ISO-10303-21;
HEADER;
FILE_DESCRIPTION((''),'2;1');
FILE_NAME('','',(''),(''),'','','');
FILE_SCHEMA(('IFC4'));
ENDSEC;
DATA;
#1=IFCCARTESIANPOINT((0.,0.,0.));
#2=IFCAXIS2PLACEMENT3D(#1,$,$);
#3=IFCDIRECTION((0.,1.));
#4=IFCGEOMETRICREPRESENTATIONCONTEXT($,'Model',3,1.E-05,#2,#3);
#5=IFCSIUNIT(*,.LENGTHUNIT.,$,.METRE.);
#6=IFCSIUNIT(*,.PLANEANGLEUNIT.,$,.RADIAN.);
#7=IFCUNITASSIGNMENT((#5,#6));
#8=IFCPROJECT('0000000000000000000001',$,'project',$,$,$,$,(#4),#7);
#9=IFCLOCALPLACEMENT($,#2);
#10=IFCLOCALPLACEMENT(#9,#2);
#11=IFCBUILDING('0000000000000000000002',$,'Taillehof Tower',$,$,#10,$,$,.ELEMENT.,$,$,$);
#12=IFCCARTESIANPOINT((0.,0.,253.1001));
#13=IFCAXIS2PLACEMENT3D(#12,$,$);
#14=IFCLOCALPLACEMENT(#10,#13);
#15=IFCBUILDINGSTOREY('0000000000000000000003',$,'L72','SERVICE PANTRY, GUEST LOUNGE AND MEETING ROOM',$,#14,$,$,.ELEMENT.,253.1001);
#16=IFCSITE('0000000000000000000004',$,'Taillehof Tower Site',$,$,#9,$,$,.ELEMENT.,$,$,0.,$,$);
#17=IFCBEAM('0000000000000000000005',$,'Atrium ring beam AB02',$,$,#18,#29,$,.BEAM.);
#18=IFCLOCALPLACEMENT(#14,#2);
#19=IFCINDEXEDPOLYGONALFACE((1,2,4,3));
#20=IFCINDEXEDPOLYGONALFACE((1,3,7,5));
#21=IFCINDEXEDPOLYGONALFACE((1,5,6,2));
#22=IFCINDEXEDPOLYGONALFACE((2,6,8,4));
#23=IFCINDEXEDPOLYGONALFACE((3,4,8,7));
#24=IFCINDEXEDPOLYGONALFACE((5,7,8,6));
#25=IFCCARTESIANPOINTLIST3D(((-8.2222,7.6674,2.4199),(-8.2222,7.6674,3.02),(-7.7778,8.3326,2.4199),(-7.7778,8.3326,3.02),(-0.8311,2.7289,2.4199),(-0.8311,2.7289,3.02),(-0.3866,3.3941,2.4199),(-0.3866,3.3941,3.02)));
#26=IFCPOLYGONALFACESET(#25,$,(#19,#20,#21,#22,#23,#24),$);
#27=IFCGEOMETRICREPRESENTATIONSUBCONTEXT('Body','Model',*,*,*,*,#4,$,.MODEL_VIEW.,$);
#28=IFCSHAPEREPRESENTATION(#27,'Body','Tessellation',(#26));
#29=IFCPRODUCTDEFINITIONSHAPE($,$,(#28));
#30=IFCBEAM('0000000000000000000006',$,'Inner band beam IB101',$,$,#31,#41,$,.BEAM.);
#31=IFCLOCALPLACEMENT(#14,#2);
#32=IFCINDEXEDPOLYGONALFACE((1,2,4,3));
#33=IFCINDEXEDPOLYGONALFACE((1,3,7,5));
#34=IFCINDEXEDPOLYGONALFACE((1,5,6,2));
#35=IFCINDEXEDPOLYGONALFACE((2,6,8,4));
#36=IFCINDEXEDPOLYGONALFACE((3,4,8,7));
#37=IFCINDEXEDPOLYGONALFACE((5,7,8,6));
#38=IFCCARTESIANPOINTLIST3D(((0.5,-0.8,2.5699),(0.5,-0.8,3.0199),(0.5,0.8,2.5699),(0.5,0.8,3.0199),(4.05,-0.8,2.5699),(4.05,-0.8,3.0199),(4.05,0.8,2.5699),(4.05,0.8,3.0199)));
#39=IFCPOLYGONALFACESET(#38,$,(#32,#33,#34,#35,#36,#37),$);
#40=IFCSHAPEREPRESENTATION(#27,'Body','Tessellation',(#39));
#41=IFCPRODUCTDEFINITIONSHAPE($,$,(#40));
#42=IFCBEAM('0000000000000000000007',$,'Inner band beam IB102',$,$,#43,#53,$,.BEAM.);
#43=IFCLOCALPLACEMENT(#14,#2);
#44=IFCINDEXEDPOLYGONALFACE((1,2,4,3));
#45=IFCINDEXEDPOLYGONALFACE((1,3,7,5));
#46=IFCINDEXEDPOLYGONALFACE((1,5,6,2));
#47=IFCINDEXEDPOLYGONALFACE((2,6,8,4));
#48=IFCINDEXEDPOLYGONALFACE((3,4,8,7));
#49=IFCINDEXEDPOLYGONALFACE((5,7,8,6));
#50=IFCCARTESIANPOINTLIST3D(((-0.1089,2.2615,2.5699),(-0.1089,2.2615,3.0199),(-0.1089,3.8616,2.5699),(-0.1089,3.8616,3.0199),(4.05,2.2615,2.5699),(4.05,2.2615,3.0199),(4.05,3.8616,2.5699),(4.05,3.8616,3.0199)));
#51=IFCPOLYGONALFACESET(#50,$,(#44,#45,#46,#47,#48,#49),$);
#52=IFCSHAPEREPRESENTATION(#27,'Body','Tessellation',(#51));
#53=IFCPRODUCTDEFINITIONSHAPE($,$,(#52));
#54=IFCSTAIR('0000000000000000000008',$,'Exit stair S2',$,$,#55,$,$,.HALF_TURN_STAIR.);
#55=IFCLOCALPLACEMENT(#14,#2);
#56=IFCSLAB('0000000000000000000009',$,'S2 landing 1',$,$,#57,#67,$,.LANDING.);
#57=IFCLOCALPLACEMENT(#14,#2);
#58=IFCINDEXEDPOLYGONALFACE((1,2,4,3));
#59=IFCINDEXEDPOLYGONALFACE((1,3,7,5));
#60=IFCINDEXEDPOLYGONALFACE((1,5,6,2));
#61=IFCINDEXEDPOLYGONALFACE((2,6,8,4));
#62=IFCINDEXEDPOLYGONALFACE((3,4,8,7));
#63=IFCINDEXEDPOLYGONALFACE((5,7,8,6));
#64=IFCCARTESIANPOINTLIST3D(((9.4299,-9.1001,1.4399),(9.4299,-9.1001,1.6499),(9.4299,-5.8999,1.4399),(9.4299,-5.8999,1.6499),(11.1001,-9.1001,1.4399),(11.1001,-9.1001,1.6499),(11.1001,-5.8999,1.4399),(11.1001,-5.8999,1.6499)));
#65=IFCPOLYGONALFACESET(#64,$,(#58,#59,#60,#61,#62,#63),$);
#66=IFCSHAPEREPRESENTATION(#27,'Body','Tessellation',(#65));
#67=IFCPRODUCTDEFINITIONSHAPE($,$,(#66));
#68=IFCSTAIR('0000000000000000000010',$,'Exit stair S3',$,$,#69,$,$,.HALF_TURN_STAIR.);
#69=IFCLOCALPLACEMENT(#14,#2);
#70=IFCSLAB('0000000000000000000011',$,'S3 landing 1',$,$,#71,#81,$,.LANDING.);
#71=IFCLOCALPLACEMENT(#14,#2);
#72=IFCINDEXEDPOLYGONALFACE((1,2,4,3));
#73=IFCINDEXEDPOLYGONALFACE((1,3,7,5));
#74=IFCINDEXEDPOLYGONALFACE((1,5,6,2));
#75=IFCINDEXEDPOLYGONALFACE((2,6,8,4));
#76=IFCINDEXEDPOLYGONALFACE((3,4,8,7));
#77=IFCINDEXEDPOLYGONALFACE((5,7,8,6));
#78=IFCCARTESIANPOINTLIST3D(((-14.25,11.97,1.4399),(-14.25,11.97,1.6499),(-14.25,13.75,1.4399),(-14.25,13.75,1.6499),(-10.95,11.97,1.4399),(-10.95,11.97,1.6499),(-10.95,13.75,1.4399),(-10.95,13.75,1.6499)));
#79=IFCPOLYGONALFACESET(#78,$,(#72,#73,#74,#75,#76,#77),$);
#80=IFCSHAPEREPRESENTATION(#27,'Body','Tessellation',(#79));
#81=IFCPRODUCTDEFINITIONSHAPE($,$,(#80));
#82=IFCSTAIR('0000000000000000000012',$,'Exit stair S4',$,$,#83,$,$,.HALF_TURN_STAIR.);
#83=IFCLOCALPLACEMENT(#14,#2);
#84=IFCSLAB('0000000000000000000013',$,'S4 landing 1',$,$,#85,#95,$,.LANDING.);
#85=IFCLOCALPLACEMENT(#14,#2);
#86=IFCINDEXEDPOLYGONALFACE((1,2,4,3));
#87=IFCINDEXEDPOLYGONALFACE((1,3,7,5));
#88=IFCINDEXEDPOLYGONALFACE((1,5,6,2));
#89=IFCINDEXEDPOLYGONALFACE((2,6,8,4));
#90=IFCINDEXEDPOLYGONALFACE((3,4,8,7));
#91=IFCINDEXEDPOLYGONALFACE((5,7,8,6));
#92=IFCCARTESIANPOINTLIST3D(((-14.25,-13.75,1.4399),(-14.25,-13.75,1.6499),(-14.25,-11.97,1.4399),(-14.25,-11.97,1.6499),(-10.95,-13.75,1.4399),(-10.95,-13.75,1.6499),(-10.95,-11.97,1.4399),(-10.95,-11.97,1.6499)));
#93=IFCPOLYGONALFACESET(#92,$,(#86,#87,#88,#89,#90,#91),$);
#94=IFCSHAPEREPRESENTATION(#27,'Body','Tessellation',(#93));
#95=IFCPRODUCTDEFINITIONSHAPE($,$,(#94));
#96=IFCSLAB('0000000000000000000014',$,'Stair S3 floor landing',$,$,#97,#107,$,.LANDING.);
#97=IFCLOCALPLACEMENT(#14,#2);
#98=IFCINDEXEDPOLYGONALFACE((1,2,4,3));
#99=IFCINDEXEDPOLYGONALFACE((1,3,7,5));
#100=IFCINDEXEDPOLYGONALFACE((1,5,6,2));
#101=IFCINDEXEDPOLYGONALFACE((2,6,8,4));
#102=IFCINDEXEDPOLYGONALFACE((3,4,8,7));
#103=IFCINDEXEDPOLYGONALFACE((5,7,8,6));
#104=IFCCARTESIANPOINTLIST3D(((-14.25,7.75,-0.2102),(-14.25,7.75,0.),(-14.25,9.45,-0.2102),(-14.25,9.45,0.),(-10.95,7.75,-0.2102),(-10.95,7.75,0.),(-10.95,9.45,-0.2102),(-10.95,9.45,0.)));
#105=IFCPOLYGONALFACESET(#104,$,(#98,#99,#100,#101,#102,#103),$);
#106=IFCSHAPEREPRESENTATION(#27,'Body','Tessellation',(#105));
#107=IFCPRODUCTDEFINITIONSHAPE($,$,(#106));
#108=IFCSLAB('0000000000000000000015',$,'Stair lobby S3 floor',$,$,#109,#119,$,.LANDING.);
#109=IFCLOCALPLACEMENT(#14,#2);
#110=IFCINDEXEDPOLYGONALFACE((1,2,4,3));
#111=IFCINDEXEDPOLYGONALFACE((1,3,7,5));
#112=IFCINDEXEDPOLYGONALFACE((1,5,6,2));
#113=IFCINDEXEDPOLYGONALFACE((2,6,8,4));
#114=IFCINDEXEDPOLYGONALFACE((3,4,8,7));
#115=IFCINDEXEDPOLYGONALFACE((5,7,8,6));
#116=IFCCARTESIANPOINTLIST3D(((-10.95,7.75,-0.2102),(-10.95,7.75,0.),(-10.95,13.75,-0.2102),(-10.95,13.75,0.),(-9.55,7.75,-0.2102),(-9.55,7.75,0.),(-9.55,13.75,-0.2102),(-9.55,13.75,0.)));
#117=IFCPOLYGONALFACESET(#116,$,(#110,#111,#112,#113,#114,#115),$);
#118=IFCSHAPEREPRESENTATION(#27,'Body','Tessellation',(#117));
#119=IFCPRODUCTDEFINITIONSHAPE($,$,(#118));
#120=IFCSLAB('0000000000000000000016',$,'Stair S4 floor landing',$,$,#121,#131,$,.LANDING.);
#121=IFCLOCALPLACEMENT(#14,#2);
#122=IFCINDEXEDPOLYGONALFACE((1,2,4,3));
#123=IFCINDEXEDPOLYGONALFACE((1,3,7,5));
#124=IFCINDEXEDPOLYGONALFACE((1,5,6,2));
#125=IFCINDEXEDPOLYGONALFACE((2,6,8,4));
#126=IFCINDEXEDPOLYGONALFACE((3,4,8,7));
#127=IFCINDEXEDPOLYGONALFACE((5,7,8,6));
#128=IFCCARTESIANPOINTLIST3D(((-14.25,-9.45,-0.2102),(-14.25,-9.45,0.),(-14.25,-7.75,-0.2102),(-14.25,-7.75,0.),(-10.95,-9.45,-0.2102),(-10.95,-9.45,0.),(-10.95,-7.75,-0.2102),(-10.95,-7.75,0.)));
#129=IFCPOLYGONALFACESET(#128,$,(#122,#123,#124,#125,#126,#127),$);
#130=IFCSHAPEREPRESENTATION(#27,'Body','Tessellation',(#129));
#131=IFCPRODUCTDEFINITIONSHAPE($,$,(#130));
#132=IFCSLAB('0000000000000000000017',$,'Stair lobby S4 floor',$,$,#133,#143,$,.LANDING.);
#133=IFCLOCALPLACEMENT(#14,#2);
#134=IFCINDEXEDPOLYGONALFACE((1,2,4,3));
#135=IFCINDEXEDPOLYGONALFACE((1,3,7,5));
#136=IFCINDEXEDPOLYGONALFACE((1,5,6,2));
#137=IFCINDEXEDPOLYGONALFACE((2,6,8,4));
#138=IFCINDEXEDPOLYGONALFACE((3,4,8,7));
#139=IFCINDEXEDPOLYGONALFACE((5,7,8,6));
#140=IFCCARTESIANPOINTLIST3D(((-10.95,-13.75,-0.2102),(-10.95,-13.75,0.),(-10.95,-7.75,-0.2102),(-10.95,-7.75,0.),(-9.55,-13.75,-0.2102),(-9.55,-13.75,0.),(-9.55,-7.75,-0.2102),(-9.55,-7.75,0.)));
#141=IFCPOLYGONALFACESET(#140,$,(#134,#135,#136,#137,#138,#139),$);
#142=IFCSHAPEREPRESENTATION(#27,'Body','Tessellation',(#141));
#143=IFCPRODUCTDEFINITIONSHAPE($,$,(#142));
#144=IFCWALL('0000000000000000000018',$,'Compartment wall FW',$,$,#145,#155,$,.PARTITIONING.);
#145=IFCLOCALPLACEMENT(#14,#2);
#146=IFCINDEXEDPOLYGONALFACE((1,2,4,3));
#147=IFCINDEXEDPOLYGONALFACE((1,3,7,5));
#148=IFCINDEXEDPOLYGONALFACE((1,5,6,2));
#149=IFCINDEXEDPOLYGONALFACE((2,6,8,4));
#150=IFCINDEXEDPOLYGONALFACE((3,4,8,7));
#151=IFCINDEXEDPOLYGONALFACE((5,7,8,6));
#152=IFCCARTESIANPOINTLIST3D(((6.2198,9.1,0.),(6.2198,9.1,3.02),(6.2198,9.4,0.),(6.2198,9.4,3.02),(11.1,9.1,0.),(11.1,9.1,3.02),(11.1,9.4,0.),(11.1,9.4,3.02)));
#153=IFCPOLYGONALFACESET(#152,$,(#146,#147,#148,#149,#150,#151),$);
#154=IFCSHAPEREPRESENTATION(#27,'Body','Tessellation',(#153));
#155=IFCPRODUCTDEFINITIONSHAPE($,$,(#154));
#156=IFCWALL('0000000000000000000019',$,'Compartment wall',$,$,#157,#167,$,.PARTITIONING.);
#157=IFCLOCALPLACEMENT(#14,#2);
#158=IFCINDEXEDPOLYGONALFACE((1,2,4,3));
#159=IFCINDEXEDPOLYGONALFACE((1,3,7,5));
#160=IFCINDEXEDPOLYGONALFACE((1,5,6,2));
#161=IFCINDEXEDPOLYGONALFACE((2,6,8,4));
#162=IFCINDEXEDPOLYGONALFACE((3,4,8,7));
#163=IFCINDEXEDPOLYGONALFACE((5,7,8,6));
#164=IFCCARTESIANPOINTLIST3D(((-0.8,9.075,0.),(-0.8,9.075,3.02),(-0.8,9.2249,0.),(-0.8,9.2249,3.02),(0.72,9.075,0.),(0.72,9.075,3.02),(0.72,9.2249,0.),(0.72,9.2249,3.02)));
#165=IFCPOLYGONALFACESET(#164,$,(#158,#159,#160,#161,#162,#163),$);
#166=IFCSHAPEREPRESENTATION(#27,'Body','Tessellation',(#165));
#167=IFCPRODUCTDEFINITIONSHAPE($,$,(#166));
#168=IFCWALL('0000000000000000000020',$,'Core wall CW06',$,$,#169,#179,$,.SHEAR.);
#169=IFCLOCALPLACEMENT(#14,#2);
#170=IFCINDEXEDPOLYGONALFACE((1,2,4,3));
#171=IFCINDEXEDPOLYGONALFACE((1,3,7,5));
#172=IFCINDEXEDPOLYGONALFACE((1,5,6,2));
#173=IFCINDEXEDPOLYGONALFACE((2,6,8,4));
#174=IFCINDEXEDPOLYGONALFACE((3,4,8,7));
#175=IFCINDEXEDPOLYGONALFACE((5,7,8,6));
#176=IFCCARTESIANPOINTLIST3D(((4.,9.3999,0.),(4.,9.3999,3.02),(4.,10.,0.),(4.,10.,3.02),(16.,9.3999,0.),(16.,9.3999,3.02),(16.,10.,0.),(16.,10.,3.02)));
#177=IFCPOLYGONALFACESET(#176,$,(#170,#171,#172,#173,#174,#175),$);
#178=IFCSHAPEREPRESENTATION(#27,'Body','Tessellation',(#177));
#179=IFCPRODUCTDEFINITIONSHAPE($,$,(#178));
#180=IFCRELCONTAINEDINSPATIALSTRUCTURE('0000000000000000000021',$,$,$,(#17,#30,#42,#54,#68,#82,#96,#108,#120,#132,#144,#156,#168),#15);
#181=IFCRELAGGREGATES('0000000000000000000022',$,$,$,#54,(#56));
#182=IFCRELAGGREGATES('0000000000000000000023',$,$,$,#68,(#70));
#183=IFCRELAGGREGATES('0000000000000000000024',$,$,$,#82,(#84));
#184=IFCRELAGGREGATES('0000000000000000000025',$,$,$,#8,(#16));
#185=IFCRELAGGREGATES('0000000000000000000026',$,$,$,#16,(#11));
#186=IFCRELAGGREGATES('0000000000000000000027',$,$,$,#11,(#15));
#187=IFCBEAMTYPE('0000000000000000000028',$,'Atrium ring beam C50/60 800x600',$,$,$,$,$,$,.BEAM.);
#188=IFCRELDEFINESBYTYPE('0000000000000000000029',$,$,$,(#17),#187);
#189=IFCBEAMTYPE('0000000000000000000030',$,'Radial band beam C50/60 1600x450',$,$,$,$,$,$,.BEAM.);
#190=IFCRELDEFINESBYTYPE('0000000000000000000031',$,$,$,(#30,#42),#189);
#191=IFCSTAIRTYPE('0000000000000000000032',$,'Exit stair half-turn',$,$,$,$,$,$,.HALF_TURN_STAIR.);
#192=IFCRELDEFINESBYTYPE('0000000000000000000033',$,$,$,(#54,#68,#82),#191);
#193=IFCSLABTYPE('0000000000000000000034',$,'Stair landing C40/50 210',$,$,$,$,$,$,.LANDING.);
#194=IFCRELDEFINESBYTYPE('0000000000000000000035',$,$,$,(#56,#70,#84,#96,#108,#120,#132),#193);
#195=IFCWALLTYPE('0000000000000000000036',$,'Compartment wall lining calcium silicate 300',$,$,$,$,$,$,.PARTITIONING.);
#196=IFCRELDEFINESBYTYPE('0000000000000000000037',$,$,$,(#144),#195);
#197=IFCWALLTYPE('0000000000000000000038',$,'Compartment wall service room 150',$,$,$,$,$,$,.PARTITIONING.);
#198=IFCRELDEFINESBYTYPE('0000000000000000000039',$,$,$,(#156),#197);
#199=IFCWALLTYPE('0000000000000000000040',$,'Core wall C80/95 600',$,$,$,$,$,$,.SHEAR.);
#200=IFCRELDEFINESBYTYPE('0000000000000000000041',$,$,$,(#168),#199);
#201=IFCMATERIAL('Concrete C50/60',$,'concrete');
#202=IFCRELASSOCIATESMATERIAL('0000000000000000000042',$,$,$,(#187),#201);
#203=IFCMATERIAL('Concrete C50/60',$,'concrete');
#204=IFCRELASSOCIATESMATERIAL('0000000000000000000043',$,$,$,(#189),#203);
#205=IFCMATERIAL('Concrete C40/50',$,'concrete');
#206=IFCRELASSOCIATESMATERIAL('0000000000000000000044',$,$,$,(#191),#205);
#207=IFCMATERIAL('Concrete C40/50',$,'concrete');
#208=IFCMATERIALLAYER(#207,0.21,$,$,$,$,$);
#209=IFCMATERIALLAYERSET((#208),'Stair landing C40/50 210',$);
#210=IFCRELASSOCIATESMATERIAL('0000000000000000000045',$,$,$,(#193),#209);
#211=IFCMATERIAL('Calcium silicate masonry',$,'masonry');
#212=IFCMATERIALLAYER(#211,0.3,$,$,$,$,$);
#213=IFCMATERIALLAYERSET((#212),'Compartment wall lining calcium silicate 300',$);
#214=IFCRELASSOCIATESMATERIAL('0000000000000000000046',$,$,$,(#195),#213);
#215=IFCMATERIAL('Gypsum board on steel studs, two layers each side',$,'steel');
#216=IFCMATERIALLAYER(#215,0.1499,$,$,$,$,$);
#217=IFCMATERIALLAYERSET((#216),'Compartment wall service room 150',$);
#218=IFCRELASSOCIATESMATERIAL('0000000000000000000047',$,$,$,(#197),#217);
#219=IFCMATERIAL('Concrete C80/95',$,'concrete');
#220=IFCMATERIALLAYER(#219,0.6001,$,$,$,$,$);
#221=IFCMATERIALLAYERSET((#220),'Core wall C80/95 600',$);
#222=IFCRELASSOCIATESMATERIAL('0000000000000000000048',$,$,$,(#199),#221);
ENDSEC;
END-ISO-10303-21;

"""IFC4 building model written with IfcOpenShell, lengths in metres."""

from ifc_helpers import new_model, si_unit, direction, frame, frame_2d, origin, origin_2d, place, context, subcontext, project, spatial, polyline, rectangle, outline, extrude, material, layer, layer_set, material_profile, profile_set, type_object, element, aggregate, save


model = new_model("IFC4")

# Units and contexts
model_context = context("Model", 3, precision=1e-05, world=origin(), true_north=direction((0.0, 1.0)))
body_context = subcontext(model_context, "Body", "Model", "MODEL_VIEW")
ifc_project = project(units=[si_unit("LENGTHUNIT", "METRE"), si_unit("PLANEANGLEUNIT", "RADIAN")], contexts=[model_context])

# Site, building, storey
site_placement = place(None, origin())
site = spatial("IfcSite", under=ifc_project, at=site_placement, Name="Taillehof Tower Site", CompositionType="ELEMENT", RefElevation=0.0)
building_placement = place(site_placement, origin())
building = spatial("IfcBuilding", under=site, at=building_placement, Name="Taillehof Tower", CompositionType="ELEMENT")
storey_placement = place(building_placement, frame((0.0, 0.0, 253.1001)))
storey = spatial("IfcBuildingStorey", under=building, at=storey_placement, Name="L72", Description="SERVICE PANTRY, GUEST LOUNGE AND MEETING ROOM", CompositionType="ELEMENT", Elevation=253.1001)

# Beams
ifc_material_1 = material(Name="Concrete C50/60", Category="concrete")
ifc_material_profile_1 = material_profile(ifc_material_1, rectangle(XDim=0.8, YDim=0.6001, at=origin_2d()), Name="RC 800x600")
ifc_profile_set_1 = profile_set([ifc_material_profile_1], Name="Concrete C50/60")
beam_type_1 = type_object("IfcBeamType", Name="Atrium ring beam C50/60 800x600", PredefinedType="BEAM", material=ifc_profile_set_1)
beam_1_placement = place(storey_placement, frame((-0.6089, 3.0615, 2.72), z_axis=(-0.831475, 0.555562, 0.0), x_axis=(-0.555562, -0.831475, 0.0)))
element("IfcBeam", 1, at=beam_1_placement, inside=storey, type_object=beam_type_1, Name="Atrium ring beam AB02", PredefinedType="BEAM", context=body_context, shape_type="SweptSolid", body=[
    extrude(rectangle(XDim=0.8, YDim=0.6001, at=origin_2d()), origin(), (0.0, 0.0, 1.0), 8.8892),
])
ifc_material_2 = material(Name="Concrete C50/60", Category="concrete")
ifc_material_profile_2 = material_profile(ifc_material_2, rectangle(XDim=1.6001, YDim=0.45, at=origin_2d()), Name="RC 1600x450")
ifc_profile_set_2 = profile_set([ifc_material_profile_2], Name="Concrete C50/60")
beam_type_2 = type_object("IfcBeamType", Name="Radial band beam C50/60 1600x450", PredefinedType="BEAM", material=ifc_profile_set_2)
beam_2_placement = place(storey_placement, frame((0.5, 0.0, 2.7949), z_axis=(1.0, 0.0, 0.0), x_axis=(0.0, 1.0, 0.0)))
element("IfcBeam", 2, at=beam_2_placement, inside=storey, type_object=beam_type_2, Name="Inner band beam IB101", PredefinedType="BEAM", context=body_context, shape_type="SweptSolid", body=[
    extrude(rectangle(XDim=1.6001, YDim=0.45, at=origin_2d()), origin(), (0.0, 0.0, 1.0), 3.55),
])
beam_3_placement = place(storey_placement, frame((-0.1089, 3.0615, 2.7949), z_axis=(1.0, 0.0, 0.0), x_axis=(0.0, 1.0, 0.0)))
element("IfcBeam", 3, at=beam_3_placement, inside=storey, type_object=beam_type_2, Name="Inner band beam IB102", PredefinedType="BEAM", context=body_context, shape_type="SweptSolid", body=[
    extrude(rectangle(XDim=1.6001, YDim=0.45, at=origin_2d()), origin(), (0.0, 0.0, 1.0), 4.1589),
])

# Stairs, slabs
ifc_material_3 = material(Name="Concrete C40/50", Category="concrete")
stair_type = type_object("IfcStairType", Name="Exit stair half-turn", PredefinedType="HALF_TURN_STAIR", material=ifc_material_3)
stair_1_placement = place(storey_placement, origin())
stair_1 = element("IfcStair", 4, at=stair_1_placement, inside=storey, type_object=stair_type, Name="Exit stair S2", PredefinedType="HALF_TURN_STAIR")
ifc_material_4 = material(Name="Concrete C40/50", Category="concrete")
ifc_layer_1 = layer(ifc_material_4, 0.21)
ifc_layer_set_1 = layer_set([ifc_layer_1], Name="Stair landing C40/50 210")
slab_type = type_object("IfcSlabType", Name="Stair landing C40/50 210", PredefinedType="LANDING", material=ifc_layer_set_1)
slab_1_placement = place(storey_placement, frame((0.0, 0.0, 1.4399)))
slab_1 = element("IfcSlab", 5, at=slab_1_placement, type_object=slab_type, Name="S2 landing 1", PredefinedType="LANDING", context=body_context, shape_type="SweptSolid", body=[
    extrude(outline(polyline([(9.4299, -5.8999), (11.1001, -5.8999), (11.1001, -9.1001), (9.4299, -9.1001), (9.4299, -5.8999)])), origin(), (0.0, 0.0, 1.0), 0.21),
])
aggregate(stair_1, [slab_1])
stair_2_placement = place(storey_placement, origin())
stair_2 = element("IfcStair", 6, at=stair_2_placement, inside=storey, type_object=stair_type, Name="Exit stair S3", PredefinedType="HALF_TURN_STAIR")
slab_2_placement = place(storey_placement, frame((0.0, 0.0, 1.4399)))
slab_2 = element("IfcSlab", 7, at=slab_2_placement, type_object=slab_type, Name="S3 landing 1", PredefinedType="LANDING", context=body_context, shape_type="SweptSolid", body=[
    extrude(outline(polyline([(-14.25, 11.97), (-14.25, 13.75), (-10.95, 13.75), (-10.95, 11.97), (-14.25, 11.97)])), origin(), (0.0, 0.0, 1.0), 0.21),
])
aggregate(stair_2, [slab_2])
stair_3_placement = place(storey_placement, origin())
stair_3 = element("IfcStair", 8, at=stair_3_placement, inside=storey, type_object=stair_type, Name="Exit stair S4", PredefinedType="HALF_TURN_STAIR")
slab_3_placement = place(storey_placement, frame((0.0, 0.0, 1.4399)))
slab_3 = element("IfcSlab", 9, at=slab_3_placement, type_object=slab_type, Name="S4 landing 1", PredefinedType="LANDING", context=body_context, shape_type="SweptSolid", body=[
    extrude(outline(polyline([(-14.25, -11.97), (-14.25, -13.75), (-10.95, -13.75), (-10.95, -11.97), (-14.25, -11.97)])), origin(), (0.0, 0.0, 1.0), 0.21),
])
aggregate(stair_3, [slab_3])

# Slabs
slab_4_placement = place(storey_placement, frame((0.0, 0.0, -0.2102)))
element("IfcSlab", 10, at=slab_4_placement, inside=storey, type_object=slab_type, Name="Stair S3 floor landing", PredefinedType="LANDING", context=body_context, shape_type="SweptSolid", body=[
    extrude(outline(polyline([(-14.25, 7.75), (-14.25, 9.45), (-10.95, 9.45), (-10.95, 7.75), (-14.25, 7.75)])), origin(), (0.0, 0.0, 1.0), 0.2102),
])
slab_5_placement = place(storey_placement, frame((0.0, 0.0, -0.2102)))
element("IfcSlab", 11, at=slab_5_placement, inside=storey, type_object=slab_type, Name="Stair lobby S3 floor", PredefinedType="LANDING", context=body_context, shape_type="SweptSolid", body=[
    extrude(outline(polyline([(-10.95, 7.75), (-9.55, 7.75), (-9.55, 13.75), (-10.95, 13.75), (-10.95, 7.75)])), origin(), (0.0, 0.0, 1.0), 0.2102),
])
slab_6_placement = place(storey_placement, frame((0.0, 0.0, -0.2102)))
element("IfcSlab", 12, at=slab_6_placement, inside=storey, type_object=slab_type, Name="Stair S4 floor landing", PredefinedType="LANDING", context=body_context, shape_type="SweptSolid", body=[
    extrude(outline(polyline([(-14.25, -7.75), (-14.25, -9.45), (-10.95, -9.45), (-10.95, -7.75), (-14.25, -7.75)])), origin(), (0.0, 0.0, 1.0), 0.2102),
])
slab_7_placement = place(storey_placement, frame((0.0, 0.0, -0.2102)))
element("IfcSlab", 13, at=slab_7_placement, inside=storey, type_object=slab_type, Name="Stair lobby S4 floor", PredefinedType="LANDING", context=body_context, shape_type="SweptSolid", body=[
    extrude(outline(polyline([(-10.95, -13.75), (-9.55, -13.75), (-9.55, -7.75), (-10.95, -7.75), (-10.95, -13.75)])), origin(), (0.0, 0.0, 1.0), 0.2102),
])

# Walls
ifc_material_5 = material(Name="Calcium silicate masonry", Category="masonry")
ifc_layer_2 = layer(ifc_material_5, 0.3)
ifc_layer_set_2 = layer_set([ifc_layer_2], Name="Compartment wall lining calcium silicate 300")
wall_type_1 = type_object("IfcWallType", Name="Compartment wall lining calcium silicate 300", PredefinedType="PARTITIONING", material=ifc_layer_set_2)
wall_1_placement = place(storey_placement, frame((6.22, 9.25, 0.0), z_axis=(0.0, 0.0, 1.0), x_axis=(1.0, 0.0, 0.0)))
element("IfcWall", 14, at=wall_1_placement, inside=storey, type_object=wall_type_1, Name="Compartment wall FW", PredefinedType="PARTITIONING", context=body_context, shape_type="SweptSolid", body=[
    extrude(rectangle(XDim=4.8801, YDim=0.3, at=frame_2d((2.4399, 0.0))), origin(), (0.0, 0.0, 1.0), 3.02),
])
ifc_material_6 = material(Name="Gypsum board on steel studs, two layers each side", Category="steel")
ifc_layer_3 = layer(ifc_material_6, 0.1499)
ifc_layer_set_3 = layer_set([ifc_layer_3], Name="Compartment wall service room 150")
wall_type_2 = type_object("IfcWallType", Name="Compartment wall service room 150", PredefinedType="PARTITIONING", material=ifc_layer_set_3)
wall_2_placement = place(storey_placement, frame((0.72, 9.1499, 0.0), z_axis=(0.0, 0.0, 1.0), x_axis=(-1.0, 0.0, 0.0)))
element("IfcWall", 15, at=wall_2_placement, inside=storey, type_object=wall_type_2, Name="Compartment wall", PredefinedType="PARTITIONING", context=body_context, shape_type="SweptSolid", body=[
    extrude(rectangle(XDim=1.52, YDim=0.1499, at=frame_2d((0.76, 0.0))), origin(), (0.0, 0.0, 1.0), 3.02),
])
ifc_material_7 = material(Name="Concrete C80/95", Category="concrete")
ifc_layer_4 = layer(ifc_material_7, 0.6001)
ifc_layer_set_4 = layer_set([ifc_layer_4], Name="Core wall C80/95 600")
wall_type_3 = type_object("IfcWallType", Name="Core wall C80/95 600", PredefinedType="SHEAR", material=ifc_layer_set_4)
wall_3_placement = place(storey_placement, frame((4.0, 9.7, 0.0), z_axis=(0.0, 0.0, 1.0), x_axis=(1.0, 0.0, 0.0)))
element("IfcWall", 16, at=wall_3_placement, inside=storey, type_object=wall_type_3, Name="Core wall CW06", PredefinedType="SHEAR", context=body_context, shape_type="SweptSolid", body=[
    extrude(rectangle(XDim=12.0, YDim=0.6001, at=frame_2d((6.0, 0.0))), origin(), (0.0, 0.0, 1.0), 3.02),
])

save(model, "model.ifc")
